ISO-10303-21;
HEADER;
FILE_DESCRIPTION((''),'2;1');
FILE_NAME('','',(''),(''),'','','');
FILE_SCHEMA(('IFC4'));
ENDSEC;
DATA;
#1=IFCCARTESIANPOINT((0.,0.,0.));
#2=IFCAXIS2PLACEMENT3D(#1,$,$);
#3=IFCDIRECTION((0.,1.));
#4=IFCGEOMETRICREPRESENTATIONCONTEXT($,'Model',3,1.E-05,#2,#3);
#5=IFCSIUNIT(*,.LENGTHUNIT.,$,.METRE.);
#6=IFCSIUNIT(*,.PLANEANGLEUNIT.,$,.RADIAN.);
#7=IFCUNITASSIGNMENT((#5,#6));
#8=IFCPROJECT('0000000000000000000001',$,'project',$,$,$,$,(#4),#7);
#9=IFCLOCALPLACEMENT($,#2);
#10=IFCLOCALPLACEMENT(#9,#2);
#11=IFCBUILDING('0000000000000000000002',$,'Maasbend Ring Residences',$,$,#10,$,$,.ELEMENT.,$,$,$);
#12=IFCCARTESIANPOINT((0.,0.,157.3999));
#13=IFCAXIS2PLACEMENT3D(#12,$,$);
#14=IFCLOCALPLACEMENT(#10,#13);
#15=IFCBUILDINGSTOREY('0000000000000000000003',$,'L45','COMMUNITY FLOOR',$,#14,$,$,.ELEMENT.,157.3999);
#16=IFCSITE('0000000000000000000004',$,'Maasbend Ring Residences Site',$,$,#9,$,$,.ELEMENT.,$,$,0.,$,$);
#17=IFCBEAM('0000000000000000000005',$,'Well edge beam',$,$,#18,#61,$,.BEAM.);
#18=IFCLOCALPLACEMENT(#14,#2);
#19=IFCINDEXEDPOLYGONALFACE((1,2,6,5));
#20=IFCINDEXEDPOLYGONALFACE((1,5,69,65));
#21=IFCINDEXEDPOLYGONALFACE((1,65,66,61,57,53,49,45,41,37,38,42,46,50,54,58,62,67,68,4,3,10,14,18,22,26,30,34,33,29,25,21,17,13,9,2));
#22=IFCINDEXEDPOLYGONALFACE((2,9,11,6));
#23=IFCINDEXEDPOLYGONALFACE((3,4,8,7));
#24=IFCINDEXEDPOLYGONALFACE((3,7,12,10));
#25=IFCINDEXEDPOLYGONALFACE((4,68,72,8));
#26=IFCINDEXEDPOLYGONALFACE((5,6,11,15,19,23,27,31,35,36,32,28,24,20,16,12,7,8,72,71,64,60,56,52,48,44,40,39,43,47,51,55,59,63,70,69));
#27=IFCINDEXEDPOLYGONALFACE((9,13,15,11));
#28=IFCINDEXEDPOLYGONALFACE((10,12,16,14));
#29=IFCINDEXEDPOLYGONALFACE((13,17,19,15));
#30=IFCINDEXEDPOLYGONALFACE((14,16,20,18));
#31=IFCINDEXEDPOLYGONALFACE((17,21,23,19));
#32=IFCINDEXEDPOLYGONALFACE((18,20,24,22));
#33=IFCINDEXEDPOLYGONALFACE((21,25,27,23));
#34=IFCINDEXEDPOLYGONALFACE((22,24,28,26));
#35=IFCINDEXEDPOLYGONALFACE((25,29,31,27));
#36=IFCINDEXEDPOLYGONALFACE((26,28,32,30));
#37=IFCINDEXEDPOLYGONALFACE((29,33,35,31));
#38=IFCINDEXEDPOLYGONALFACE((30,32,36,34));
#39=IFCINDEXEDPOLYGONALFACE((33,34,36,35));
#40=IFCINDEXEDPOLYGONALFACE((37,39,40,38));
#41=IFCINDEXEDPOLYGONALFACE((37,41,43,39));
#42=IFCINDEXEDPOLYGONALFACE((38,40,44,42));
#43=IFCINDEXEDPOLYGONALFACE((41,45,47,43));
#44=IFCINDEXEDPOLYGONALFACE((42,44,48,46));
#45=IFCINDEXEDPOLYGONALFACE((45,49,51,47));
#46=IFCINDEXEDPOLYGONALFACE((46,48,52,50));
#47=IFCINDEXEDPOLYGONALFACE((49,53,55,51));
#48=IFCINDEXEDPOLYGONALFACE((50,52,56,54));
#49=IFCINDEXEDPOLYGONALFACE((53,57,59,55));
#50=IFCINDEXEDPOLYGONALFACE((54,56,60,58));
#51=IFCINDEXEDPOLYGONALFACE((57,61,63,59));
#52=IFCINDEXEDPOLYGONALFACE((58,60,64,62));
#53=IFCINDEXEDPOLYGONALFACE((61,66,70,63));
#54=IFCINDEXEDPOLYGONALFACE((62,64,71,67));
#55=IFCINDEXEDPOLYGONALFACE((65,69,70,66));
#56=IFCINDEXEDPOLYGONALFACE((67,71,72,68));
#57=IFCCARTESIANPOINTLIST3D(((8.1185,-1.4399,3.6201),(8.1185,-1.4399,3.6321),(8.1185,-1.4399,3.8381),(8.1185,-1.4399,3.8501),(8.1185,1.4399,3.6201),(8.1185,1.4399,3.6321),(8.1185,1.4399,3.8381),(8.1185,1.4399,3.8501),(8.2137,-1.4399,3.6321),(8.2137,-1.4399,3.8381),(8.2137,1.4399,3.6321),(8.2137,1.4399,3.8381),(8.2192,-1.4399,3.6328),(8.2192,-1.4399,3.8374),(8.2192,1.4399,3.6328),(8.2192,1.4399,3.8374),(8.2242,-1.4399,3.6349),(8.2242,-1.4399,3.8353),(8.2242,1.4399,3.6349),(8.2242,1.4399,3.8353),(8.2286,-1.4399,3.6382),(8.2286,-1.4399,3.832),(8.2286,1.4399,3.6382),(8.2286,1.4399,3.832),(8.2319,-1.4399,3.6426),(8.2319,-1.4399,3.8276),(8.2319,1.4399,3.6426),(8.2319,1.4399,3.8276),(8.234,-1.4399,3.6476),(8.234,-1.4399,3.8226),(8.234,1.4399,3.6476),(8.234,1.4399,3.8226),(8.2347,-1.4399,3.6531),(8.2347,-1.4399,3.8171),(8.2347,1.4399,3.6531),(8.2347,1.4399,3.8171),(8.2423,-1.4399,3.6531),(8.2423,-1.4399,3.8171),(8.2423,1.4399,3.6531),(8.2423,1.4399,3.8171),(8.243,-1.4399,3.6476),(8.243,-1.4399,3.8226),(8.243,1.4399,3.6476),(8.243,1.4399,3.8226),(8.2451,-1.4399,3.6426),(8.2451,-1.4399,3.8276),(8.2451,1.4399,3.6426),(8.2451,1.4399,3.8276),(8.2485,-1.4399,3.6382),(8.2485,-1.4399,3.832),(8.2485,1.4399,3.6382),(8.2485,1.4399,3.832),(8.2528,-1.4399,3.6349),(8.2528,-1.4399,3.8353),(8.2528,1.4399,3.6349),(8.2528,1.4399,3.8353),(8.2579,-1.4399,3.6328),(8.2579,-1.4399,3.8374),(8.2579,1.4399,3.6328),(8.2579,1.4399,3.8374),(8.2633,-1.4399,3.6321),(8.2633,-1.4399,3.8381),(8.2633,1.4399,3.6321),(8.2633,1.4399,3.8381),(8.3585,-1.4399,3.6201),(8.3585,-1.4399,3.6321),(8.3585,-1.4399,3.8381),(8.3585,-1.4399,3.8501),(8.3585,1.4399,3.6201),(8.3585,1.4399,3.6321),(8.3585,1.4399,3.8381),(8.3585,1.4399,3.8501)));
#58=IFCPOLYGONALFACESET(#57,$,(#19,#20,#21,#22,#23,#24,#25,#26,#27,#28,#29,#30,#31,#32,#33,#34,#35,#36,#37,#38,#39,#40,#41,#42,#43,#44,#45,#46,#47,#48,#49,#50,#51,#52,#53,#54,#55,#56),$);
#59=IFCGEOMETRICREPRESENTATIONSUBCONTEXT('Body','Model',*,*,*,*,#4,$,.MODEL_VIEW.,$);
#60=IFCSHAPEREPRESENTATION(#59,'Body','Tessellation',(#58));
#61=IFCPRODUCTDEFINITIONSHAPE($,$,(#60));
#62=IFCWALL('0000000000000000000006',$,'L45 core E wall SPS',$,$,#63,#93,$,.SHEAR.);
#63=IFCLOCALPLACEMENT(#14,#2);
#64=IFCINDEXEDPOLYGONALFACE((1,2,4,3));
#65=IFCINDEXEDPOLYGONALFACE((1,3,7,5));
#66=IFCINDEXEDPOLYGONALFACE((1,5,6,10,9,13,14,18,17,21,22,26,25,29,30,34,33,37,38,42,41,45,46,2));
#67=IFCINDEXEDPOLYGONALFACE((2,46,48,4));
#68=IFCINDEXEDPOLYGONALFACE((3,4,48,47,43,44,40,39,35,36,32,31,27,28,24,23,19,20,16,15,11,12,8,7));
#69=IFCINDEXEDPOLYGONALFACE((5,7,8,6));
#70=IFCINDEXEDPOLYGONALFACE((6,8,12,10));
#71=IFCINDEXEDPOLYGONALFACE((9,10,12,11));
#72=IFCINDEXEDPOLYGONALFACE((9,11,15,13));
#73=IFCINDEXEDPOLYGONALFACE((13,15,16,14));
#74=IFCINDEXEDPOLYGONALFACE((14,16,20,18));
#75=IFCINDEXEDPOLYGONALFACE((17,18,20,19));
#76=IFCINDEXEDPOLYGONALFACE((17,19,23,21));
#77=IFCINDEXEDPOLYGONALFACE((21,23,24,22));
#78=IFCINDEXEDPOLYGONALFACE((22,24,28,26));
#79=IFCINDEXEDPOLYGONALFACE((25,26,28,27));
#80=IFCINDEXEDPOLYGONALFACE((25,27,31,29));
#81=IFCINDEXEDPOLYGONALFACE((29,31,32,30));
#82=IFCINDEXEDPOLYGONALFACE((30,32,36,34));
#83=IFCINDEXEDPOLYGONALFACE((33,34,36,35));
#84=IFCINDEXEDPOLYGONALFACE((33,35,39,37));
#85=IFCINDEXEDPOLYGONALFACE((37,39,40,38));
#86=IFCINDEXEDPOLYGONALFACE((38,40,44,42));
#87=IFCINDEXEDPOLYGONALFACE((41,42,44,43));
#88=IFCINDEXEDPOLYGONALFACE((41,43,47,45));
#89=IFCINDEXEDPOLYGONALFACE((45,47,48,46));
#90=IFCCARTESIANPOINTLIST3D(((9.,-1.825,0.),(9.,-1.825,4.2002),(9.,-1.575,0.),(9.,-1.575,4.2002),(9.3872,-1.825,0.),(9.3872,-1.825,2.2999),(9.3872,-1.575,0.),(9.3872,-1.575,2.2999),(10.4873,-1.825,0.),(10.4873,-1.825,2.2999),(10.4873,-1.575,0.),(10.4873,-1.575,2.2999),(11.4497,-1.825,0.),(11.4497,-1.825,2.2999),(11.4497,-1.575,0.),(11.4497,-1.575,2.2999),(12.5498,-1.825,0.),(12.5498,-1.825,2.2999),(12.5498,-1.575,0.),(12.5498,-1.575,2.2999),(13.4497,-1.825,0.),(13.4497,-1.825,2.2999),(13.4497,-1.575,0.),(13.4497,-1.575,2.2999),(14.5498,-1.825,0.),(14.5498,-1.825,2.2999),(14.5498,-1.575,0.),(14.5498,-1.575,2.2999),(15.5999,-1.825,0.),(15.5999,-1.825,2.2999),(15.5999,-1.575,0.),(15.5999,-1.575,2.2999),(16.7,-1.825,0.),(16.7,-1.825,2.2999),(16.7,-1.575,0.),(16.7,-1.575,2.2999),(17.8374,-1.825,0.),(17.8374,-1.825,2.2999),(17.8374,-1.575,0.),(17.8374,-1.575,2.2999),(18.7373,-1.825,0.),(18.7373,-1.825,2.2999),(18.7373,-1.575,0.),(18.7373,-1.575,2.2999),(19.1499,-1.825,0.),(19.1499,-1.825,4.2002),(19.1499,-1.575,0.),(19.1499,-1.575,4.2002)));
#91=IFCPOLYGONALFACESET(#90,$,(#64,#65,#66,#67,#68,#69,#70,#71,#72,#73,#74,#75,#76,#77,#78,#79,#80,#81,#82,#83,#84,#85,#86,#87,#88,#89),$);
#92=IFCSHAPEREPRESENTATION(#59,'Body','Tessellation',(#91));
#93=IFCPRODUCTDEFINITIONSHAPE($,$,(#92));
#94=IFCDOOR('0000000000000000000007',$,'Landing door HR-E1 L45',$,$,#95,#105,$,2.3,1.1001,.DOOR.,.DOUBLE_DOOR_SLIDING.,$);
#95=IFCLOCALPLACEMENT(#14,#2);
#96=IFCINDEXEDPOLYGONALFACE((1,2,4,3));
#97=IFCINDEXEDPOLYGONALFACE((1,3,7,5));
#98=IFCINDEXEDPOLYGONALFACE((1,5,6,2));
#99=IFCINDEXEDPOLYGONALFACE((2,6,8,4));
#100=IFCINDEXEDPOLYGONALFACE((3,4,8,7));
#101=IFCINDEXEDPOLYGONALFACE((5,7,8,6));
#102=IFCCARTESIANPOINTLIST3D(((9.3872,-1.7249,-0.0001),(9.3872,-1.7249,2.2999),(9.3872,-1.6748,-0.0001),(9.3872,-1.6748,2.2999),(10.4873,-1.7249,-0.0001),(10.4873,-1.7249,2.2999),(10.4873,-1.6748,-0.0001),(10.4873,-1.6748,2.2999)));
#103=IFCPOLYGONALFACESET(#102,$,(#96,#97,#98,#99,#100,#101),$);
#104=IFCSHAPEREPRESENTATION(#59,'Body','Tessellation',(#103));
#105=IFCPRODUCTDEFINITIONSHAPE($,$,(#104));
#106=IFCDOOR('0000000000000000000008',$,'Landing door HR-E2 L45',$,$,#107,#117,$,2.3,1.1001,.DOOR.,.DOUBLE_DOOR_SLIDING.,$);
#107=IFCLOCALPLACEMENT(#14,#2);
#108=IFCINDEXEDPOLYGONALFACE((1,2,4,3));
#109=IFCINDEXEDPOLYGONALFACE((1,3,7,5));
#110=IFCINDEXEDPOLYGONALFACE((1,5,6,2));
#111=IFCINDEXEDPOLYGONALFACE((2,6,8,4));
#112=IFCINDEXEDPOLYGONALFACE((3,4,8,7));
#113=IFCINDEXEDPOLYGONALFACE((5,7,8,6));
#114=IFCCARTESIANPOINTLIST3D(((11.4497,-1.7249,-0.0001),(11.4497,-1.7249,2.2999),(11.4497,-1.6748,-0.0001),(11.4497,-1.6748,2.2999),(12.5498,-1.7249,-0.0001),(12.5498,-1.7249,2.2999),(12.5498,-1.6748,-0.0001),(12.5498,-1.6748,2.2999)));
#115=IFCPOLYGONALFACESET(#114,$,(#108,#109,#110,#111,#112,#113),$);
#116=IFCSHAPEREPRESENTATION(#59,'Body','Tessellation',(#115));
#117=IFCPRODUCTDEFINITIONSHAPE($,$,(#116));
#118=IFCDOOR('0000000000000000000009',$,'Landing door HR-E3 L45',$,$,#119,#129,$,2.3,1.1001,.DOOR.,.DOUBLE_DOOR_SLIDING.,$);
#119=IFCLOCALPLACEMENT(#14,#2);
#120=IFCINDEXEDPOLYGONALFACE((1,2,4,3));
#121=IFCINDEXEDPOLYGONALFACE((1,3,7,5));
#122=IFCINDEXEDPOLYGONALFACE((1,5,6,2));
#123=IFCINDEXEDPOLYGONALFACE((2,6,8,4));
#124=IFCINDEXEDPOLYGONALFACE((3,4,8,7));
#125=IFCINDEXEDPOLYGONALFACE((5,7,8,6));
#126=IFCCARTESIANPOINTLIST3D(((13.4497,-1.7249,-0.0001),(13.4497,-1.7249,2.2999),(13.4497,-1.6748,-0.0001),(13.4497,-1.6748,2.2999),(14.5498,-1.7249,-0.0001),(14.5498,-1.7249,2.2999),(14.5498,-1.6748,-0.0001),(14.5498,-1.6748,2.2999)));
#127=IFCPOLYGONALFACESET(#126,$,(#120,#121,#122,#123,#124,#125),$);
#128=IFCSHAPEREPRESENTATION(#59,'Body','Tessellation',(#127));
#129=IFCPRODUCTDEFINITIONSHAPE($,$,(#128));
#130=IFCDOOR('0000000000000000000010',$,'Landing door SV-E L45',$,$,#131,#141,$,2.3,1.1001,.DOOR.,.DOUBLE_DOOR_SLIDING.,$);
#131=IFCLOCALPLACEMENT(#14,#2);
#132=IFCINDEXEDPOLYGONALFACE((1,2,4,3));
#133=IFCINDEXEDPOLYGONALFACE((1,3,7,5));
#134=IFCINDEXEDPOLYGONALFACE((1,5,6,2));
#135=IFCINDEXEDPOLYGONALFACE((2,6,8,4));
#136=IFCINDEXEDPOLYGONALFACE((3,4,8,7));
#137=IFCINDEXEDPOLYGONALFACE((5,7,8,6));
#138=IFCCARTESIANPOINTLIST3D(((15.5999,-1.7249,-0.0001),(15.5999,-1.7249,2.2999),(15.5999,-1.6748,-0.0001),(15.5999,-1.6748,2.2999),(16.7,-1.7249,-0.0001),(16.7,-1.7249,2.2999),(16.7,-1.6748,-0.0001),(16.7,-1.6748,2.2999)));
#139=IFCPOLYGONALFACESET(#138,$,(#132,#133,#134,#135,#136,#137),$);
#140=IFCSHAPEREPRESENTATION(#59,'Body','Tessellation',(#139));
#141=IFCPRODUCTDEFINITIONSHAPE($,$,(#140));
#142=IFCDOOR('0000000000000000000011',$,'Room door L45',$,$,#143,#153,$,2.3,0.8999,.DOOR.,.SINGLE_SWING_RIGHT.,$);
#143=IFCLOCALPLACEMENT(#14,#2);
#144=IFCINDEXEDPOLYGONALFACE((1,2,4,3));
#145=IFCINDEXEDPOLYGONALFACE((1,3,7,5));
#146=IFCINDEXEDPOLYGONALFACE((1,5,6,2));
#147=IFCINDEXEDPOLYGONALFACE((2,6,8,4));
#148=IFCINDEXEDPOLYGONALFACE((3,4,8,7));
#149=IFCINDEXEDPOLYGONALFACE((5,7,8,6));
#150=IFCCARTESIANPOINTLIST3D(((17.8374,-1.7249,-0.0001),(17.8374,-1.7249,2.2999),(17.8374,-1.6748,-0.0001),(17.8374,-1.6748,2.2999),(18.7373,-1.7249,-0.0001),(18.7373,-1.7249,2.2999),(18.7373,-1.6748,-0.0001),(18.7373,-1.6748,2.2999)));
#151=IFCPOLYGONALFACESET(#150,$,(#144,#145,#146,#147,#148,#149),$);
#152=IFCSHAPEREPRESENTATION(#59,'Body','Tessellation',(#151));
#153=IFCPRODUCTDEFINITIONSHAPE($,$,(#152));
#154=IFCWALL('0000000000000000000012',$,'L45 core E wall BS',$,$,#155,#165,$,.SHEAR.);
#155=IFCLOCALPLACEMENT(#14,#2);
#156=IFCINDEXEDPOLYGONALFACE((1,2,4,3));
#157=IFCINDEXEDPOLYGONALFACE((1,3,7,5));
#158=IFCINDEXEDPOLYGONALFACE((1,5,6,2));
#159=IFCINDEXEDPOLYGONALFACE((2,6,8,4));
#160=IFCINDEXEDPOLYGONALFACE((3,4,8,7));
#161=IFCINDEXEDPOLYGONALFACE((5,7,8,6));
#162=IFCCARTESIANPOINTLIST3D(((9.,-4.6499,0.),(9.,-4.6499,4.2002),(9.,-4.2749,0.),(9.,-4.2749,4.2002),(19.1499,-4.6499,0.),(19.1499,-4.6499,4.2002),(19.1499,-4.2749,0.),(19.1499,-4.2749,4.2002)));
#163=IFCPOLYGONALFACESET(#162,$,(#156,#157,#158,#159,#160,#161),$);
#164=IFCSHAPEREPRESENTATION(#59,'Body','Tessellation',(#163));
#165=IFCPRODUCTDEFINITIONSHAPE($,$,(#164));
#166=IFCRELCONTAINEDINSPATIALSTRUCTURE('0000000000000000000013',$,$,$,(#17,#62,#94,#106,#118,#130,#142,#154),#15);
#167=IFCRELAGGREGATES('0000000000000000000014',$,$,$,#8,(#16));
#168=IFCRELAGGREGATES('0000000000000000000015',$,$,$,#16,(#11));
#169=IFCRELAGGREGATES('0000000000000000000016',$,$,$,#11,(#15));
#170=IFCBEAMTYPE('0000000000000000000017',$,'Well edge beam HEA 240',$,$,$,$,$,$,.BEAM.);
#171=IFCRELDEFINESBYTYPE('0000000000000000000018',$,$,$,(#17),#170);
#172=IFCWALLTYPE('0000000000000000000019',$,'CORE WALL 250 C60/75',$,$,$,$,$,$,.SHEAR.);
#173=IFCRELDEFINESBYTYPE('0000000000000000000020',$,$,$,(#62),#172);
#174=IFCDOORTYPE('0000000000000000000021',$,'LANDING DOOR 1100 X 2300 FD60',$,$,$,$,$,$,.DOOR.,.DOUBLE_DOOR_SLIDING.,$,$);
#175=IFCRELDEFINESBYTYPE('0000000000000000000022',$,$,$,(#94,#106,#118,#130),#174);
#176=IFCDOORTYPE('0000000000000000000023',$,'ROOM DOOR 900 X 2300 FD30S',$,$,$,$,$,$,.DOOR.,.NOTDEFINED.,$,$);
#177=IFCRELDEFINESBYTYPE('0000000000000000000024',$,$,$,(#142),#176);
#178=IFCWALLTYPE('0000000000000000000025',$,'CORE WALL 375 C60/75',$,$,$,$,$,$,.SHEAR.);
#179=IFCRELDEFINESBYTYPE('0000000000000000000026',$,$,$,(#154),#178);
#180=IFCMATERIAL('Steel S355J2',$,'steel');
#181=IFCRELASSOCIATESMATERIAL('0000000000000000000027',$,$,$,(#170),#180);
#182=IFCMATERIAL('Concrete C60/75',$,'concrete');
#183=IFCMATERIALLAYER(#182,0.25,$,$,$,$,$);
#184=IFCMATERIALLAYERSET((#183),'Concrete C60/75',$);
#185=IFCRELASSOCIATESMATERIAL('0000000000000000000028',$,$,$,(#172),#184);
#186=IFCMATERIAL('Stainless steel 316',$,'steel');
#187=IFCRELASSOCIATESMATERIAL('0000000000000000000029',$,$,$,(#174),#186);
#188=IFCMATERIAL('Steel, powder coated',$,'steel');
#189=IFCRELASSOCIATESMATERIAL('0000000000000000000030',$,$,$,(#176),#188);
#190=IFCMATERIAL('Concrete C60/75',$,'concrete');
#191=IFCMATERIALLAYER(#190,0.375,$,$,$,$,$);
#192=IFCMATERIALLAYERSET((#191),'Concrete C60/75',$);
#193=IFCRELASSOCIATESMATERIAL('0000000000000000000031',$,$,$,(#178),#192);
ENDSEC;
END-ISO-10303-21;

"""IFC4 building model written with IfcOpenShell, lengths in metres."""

from ifc_helpers import new_model, si_unit, direction, frame, frame_2d, origin, origin_2d, place, context, subcontext, project, spatial, rectangle, i_section, extrude, material, layer, layer_set, material_profile, profile_set, type_object, element, fill, save


model = new_model("IFC4")

# Units and contexts
model_context = context("Model", 3, precision=1e-05, world=origin(), true_north=direction((0.0, 1.0)))
body_context = subcontext(model_context, "Body", "Model", "MODEL_VIEW")
ifc_project = project(units=[si_unit("LENGTHUNIT", "METRE"), si_unit("PLANEANGLEUNIT", "RADIAN")], contexts=[model_context])

# Site, building, storey
site_placement = place(None, origin())
site = spatial("IfcSite", under=ifc_project, at=site_placement, Name="Maasbend Ring Residences Site", CompositionType="ELEMENT", RefElevation=0.0)
building_placement = place(site_placement, origin())
building = spatial("IfcBuilding", under=site, at=building_placement, Name="Maasbend Ring Residences", CompositionType="ELEMENT")
storey_placement = place(building_placement, frame((0.0, 0.0, 157.3999)))
storey = spatial("IfcBuildingStorey", under=building, at=storey_placement, Name="L45", Description="COMMUNITY FLOOR", CompositionType="ELEMENT", Elevation=157.3999)

# Beam
ifc_material_1 = material(Name="Steel S355J2", Category="steel")
ifc_material_profile_1 = material_profile(ifc_material_1, i_section(OverallWidth=0.24, OverallDepth=0.23, WebThickness=0.0076, FlangeThickness=0.012, FilletRadius=0.021, at=origin_2d()), Name="HEA 240")
ifc_profile_set_1 = profile_set([ifc_material_profile_1], Name="Steel S355J2")
beam_type = type_object("IfcBeamType", Name="Well edge beam HEA 240", PredefinedType="BEAM", material=ifc_profile_set_1)
for number, where, z_axis, x_axis, name in (
    (1, (8.2385, -1.4399, 3.7351), (0.0, 1.0, 0.0), (-1.0, 0.0, 0.0), "Well edge beam"),
):
    element("IfcBeam", number, at=place(storey_placement, frame(where, z_axis=z_axis, x_axis=x_axis)), inside=storey, type_object=beam_type, Name=name, PredefinedType="BEAM", context=body_context, shape_type="SweptSolid", body=[
        extrude(i_section(OverallWidth=0.24, OverallDepth=0.23, WebThickness=0.0076, FlangeThickness=0.012, FilletRadius=0.021, at=origin_2d()), origin(), (0.0, 0.0, 1.0), 2.8799),
    ])

# Wall, openings, doors
ifc_material_2 = material(Name="Concrete C60/75", Category="concrete")
ifc_layer_1 = layer(ifc_material_2, 0.25)
ifc_layer_set_1 = layer_set([ifc_layer_1], Name="Concrete C60/75")
wall_type_1 = type_object("IfcWallType", Name="CORE WALL 250 C60/75", PredefinedType="SHEAR", material=ifc_layer_set_1)
wall_1_placement = place(storey_placement, frame((19.1499, -1.7, 0.0), z_axis=(0.0, 0.0, 1.0), x_axis=(-1.0, 0.0, 0.0)))
wall_1 = element("IfcWall", 2, at=wall_1_placement, inside=storey, type_object=wall_type_1, Name="L45 core E wall SPS", PredefinedType="SHEAR", context=body_context, shape_type="SweptSolid", body=[
    extrude(rectangle(XDim=10.1499, YDim=0.25, at=frame_2d((5.075, 0.0))), origin(), (0.0, 0.0, 1.0), 4.2002),
])
opening_1_placement = place(wall_1_placement, frame((8.6626, 0.0, 0.0)))
opening_1 = element("IfcOpeningElement", 3, at=opening_1_placement, cuts=wall_1, PredefinedType="OPENING", context=body_context, shape_type="SweptSolid", body=[
    extrude(rectangle(XDim=1.1001, YDim=2.3, at=frame_2d((0.55, 1.1499))), frame((0.0, 0.135, 0.0), z_axis=(0.0, -1.0, 0.0), x_axis=(1.0, 0.0, 0.0)), (0.0, 0.0, 1.0), 0.27),
])
opening_2_placement = place(wall_1_placement, frame((6.6001, 0.0, 0.0)))
opening_2 = element("IfcOpeningElement", 4, at=opening_2_placement, cuts=wall_1, PredefinedType="OPENING", context=body_context, shape_type="SweptSolid", body=[
    extrude(rectangle(XDim=1.1001, YDim=2.3, at=frame_2d((0.55, 1.1499))), frame((0.0, 0.135, 0.0), z_axis=(0.0, -1.0, 0.0), x_axis=(1.0, 0.0, 0.0)), (0.0, 0.0, 1.0), 0.27),
])
opening_3_placement = place(wall_1_placement, frame((4.6001, 0.0, 0.0)))
opening_3 = element("IfcOpeningElement", 5, at=opening_3_placement, cuts=wall_1, PredefinedType="OPENING", context=body_context, shape_type="SweptSolid", body=[
    extrude(rectangle(XDim=1.1001, YDim=2.3, at=frame_2d((0.55, 1.1499))), frame((0.0, 0.135, 0.0), z_axis=(0.0, -1.0, 0.0), x_axis=(1.0, 0.0, 0.0)), (0.0, 0.0, 1.0), 0.27),
])
opening_4_placement = place(wall_1_placement, frame((2.45, 0.0, 0.0)))
opening_4 = element("IfcOpeningElement", 6, at=opening_4_placement, cuts=wall_1, PredefinedType="OPENING", context=body_context, shape_type="SweptSolid", body=[
    extrude(rectangle(XDim=1.1001, YDim=2.3, at=frame_2d((0.55, 1.1499))), frame((0.0, 0.135, 0.0), z_axis=(0.0, -1.0, 0.0), x_axis=(1.0, 0.0, 0.0)), (0.0, 0.0, 1.0), 0.27),
])
opening_5_placement = place(wall_1_placement, frame((0.4126, 0.0, 0.0)))
opening_5 = element("IfcOpeningElement", 7, at=opening_5_placement, cuts=wall_1, PredefinedType="OPENING", context=body_context, shape_type="SweptSolid", body=[
    extrude(rectangle(XDim=0.8999, YDim=2.3, at=frame_2d((0.45, 1.1499))), frame((0.0, 0.135, 0.0), z_axis=(0.0, -1.0, 0.0), x_axis=(1.0, 0.0, 0.0)), (0.0, 0.0, 1.0), 0.27),
])
ifc_material_3 = material(Name="Stainless steel 316", Category="steel")
door_type_1 = type_object("IfcDoorType", Name="LANDING DOOR 1100 X 2300 FD60", OperationType="DOUBLE_DOOR_SLIDING", PredefinedType="DOOR", material=ifc_material_3)
door_1_placement = place(opening_1_placement, origin())
door_1 = element("IfcDoor", 8, at=door_1_placement, inside=storey, type_object=door_type_1, Name="Landing door HR-E1 L45", OperationType="DOUBLE_DOOR_SLIDING", OverallHeight=2.3, OverallWidth=1.1001, PredefinedType="DOOR", context=body_context, shape_type="SweptSolid", body=[
    extrude(rectangle(XDim=1.1001, YDim=2.3, at=frame_2d((0.55, 1.1499))), frame((0.0, 0.0249, 0.0), z_axis=(0.0, -1.0, 0.0), x_axis=(1.0, 0.0, 0.0)), (0.0, 0.0, 1.0), 0.05),
])
fill(opening_1, door_1)
door_2_placement = place(opening_2_placement, origin())
door_2 = element("IfcDoor", 9, at=door_2_placement, inside=storey, type_object=door_type_1, Name="Landing door HR-E2 L45", OperationType="DOUBLE_DOOR_SLIDING", OverallHeight=2.3, OverallWidth=1.1001, PredefinedType="DOOR", context=body_context, shape_type="SweptSolid", body=[
    extrude(rectangle(XDim=1.1001, YDim=2.3, at=frame_2d((0.55, 1.1499))), frame((0.0, 0.0249, 0.0), z_axis=(0.0, -1.0, 0.0), x_axis=(1.0, 0.0, 0.0)), (0.0, 0.0, 1.0), 0.05),
])
fill(opening_2, door_2)
door_3_placement = place(opening_3_placement, origin())
door_3 = element("IfcDoor", 10, at=door_3_placement, inside=storey, type_object=door_type_1, Name="Landing door HR-E3 L45", OperationType="DOUBLE_DOOR_SLIDING", OverallHeight=2.3, OverallWidth=1.1001, PredefinedType="DOOR", context=body_context, shape_type="SweptSolid", body=[
    extrude(rectangle(XDim=1.1001, YDim=2.3, at=frame_2d((0.55, 1.1499))), frame((0.0, 0.0249, 0.0), z_axis=(0.0, -1.0, 0.0), x_axis=(1.0, 0.0, 0.0)), (0.0, 0.0, 1.0), 0.05),
])
fill(opening_3, door_3)
door_4_placement = place(opening_4_placement, origin())
door_4 = element("IfcDoor", 11, at=door_4_placement, inside=storey, type_object=door_type_1, Name="Landing door SV-E L45", OperationType="DOUBLE_DOOR_SLIDING", OverallHeight=2.3, OverallWidth=1.1001, PredefinedType="DOOR", context=body_context, shape_type="SweptSolid", body=[
    extrude(rectangle(XDim=1.1001, YDim=2.3, at=frame_2d((0.55, 1.1499))), frame((0.0, 0.0249, 0.0), z_axis=(0.0, -1.0, 0.0), x_axis=(1.0, 0.0, 0.0)), (0.0, 0.0, 1.0), 0.05),
])
fill(opening_4, door_4)
ifc_material_4 = material(Name="Steel, powder coated", Category="steel")
door_type_2 = type_object("IfcDoorType", Name="ROOM DOOR 900 X 2300 FD30S", OperationType="NOTDEFINED", PredefinedType="DOOR", material=ifc_material_4)
door_5_placement = place(opening_5_placement, origin())
door_5 = element("IfcDoor", 12, at=door_5_placement, inside=storey, type_object=door_type_2, Name="Room door L45", OperationType="SINGLE_SWING_RIGHT", OverallHeight=2.3, OverallWidth=0.8999, PredefinedType="DOOR", context=body_context, shape_type="SweptSolid", body=[
    extrude(rectangle(XDim=0.8999, YDim=2.3, at=frame_2d((0.45, 1.1499))), frame((0.0, 0.0249, 0.0), z_axis=(0.0, -1.0, 0.0), x_axis=(1.0, 0.0, 0.0)), (0.0, 0.0, 1.0), 0.05),
])
fill(opening_5, door_5)

# Wall
ifc_material_5 = material(Name="Concrete C60/75", Category="concrete")
ifc_layer_2 = layer(ifc_material_5, 0.375)
ifc_layer_set_2 = layer_set([ifc_layer_2], Name="Concrete C60/75")
wall_type_2 = type_object("IfcWallType", Name="CORE WALL 375 C60/75", PredefinedType="SHEAR", material=ifc_layer_set_2)
wall_2_placement = place(storey_placement, frame((9.0, -4.4624, 0.0), z_axis=(0.0, 0.0, 1.0), x_axis=(1.0, 0.0, 0.0)))
element("IfcWall", 13, at=wall_2_placement, inside=storey, type_object=wall_type_2, Name="L45 core E wall BS", PredefinedType="SHEAR", context=body_context, shape_type="SweptSolid", body=[
    extrude(rectangle(XDim=10.1499, YDim=0.375, at=frame_2d((5.075, 0.0))), origin(), (0.0, 0.0, 1.0), 4.2002),
])

save(model, "model.ifc")
